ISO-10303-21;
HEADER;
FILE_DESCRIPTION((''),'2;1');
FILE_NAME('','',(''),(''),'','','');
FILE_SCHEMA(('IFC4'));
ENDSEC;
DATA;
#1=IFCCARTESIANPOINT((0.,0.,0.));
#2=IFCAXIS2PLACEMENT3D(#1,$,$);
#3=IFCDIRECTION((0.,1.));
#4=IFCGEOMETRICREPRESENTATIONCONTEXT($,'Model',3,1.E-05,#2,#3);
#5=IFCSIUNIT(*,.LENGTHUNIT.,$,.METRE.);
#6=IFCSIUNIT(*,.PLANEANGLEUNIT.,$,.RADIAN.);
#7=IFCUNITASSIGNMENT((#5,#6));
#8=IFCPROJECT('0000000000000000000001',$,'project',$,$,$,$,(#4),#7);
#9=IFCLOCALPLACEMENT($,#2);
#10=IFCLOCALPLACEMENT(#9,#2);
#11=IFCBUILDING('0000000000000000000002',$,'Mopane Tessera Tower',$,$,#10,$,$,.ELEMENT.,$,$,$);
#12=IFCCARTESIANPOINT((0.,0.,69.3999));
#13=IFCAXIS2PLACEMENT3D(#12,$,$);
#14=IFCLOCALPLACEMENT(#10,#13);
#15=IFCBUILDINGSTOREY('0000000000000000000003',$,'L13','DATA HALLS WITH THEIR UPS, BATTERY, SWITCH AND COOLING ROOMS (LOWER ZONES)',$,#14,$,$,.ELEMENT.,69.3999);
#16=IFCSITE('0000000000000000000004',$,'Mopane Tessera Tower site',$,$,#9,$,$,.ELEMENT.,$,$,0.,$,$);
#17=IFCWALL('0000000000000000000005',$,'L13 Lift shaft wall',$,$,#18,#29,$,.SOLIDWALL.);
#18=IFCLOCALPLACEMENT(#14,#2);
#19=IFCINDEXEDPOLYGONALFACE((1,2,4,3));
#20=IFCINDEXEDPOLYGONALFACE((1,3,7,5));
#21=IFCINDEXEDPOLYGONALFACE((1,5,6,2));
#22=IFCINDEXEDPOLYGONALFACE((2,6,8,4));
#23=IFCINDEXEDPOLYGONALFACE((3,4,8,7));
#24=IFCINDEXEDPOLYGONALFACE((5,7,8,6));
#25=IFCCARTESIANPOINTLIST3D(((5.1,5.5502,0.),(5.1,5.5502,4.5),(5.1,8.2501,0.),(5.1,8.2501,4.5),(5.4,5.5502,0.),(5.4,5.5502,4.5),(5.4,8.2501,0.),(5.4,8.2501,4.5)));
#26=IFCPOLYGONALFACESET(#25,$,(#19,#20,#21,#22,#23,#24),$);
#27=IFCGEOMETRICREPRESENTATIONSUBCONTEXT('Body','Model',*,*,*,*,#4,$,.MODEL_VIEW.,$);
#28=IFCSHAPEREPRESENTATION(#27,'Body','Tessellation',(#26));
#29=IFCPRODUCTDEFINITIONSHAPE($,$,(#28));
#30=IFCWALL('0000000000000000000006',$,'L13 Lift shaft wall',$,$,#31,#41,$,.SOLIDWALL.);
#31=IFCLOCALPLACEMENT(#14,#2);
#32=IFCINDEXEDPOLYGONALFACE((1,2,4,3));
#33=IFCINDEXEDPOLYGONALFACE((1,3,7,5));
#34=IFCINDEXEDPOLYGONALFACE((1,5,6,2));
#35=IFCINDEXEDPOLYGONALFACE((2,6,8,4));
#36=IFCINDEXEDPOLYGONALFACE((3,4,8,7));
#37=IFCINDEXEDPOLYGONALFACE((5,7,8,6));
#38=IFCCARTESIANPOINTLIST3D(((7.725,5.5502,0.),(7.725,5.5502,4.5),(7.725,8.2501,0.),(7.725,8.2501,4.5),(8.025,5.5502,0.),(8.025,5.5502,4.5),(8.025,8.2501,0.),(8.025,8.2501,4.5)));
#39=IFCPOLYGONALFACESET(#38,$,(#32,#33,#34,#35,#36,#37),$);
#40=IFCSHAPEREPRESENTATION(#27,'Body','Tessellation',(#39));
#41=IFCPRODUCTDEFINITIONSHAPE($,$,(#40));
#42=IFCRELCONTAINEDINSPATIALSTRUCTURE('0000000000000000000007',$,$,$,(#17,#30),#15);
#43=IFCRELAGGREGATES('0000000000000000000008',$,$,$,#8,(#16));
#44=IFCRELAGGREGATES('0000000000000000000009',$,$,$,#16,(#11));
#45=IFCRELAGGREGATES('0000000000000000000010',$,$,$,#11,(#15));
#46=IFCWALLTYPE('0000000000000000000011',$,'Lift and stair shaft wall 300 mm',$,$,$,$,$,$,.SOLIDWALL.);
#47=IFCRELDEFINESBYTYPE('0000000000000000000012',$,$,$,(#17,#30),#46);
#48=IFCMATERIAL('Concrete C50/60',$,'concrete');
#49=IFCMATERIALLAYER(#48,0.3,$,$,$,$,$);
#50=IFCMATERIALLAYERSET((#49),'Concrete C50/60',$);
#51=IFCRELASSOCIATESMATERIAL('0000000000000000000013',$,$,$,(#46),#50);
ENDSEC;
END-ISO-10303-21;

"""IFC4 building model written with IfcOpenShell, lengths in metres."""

from ifc_helpers import new_model, si_unit, direction, frame, frame_2d, origin, place, context, subcontext, project, spatial, rectangle, extrude, material, layer, layer_set, type_object, element, save


model = new_model("IFC4")

# Units and contexts
model_context = context("Model", 3, precision=1e-05, world=origin(), true_north=direction((0.0, 1.0)))
body_context = subcontext(model_context, "Body", "Model", "MODEL_VIEW")
ifc_project = project(units=[si_unit("LENGTHUNIT", "METRE"), si_unit("PLANEANGLEUNIT", "RADIAN")], contexts=[model_context])

# Site, building, storey
site_placement = place(None, origin())
site = spatial("IfcSite", under=ifc_project, at=site_placement, Name="Mopane Tessera Tower site", CompositionType="ELEMENT", RefElevation=0.0)
building_placement = place(site_placement, origin())
building = spatial("IfcBuilding", under=site, at=building_placement, Name="Mopane Tessera Tower", CompositionType="ELEMENT")
storey_placement = place(building_placement, frame((0.0, 0.0, 69.3999)))
storey = spatial("IfcBuildingStorey", under=building, at=storey_placement, Name="L13", Description="DATA HALLS WITH THEIR UPS, BATTERY, SWITCH AND COOLING ROOMS (LOWER ZONES)", CompositionType="ELEMENT", Elevation=69.3999)

# Shared definitions
ifc_material_1 = material(Name="Concrete C50/60", Category="concrete")
ifc_layer_1 = layer(ifc_material_1, 0.3)
ifc_layer_set_1 = layer_set([ifc_layer_1], Name="Concrete C50/60")
wall_type_1 = type_object("IfcWallType", Name="Lift and stair shaft wall 300 mm", PredefinedType="SOLIDWALL", material=ifc_layer_set_1)

# Walls
for number, where, z_axis, x_axis, name in (
    (1, (5.25, 5.55, 0.0), (0.0, 0.0, 1.0), (0.0, 1.0, 0.0), "L13 Lift shaft wall"),
    (2, (7.875, 5.55, 0.0), (0.0, 0.0, 1.0), (0.0, 1.0, 0.0), "L13 Lift shaft wall"),
):
    element("IfcWall", number, at=place(storey_placement, frame(where, z_axis=z_axis, x_axis=x_axis)), inside=storey, type_object=wall_type_1, Name=name, PredefinedType="SOLIDWALL", context=body_context, shape_type="SweptSolid", body=[
        extrude(rectangle(XDim=2.7, YDim=0.3, at=frame_2d((1.3501, 0.0))), origin(), (0.0, 0.0, 1.0), 4.5),
    ])

save(model, "model.ifc")
